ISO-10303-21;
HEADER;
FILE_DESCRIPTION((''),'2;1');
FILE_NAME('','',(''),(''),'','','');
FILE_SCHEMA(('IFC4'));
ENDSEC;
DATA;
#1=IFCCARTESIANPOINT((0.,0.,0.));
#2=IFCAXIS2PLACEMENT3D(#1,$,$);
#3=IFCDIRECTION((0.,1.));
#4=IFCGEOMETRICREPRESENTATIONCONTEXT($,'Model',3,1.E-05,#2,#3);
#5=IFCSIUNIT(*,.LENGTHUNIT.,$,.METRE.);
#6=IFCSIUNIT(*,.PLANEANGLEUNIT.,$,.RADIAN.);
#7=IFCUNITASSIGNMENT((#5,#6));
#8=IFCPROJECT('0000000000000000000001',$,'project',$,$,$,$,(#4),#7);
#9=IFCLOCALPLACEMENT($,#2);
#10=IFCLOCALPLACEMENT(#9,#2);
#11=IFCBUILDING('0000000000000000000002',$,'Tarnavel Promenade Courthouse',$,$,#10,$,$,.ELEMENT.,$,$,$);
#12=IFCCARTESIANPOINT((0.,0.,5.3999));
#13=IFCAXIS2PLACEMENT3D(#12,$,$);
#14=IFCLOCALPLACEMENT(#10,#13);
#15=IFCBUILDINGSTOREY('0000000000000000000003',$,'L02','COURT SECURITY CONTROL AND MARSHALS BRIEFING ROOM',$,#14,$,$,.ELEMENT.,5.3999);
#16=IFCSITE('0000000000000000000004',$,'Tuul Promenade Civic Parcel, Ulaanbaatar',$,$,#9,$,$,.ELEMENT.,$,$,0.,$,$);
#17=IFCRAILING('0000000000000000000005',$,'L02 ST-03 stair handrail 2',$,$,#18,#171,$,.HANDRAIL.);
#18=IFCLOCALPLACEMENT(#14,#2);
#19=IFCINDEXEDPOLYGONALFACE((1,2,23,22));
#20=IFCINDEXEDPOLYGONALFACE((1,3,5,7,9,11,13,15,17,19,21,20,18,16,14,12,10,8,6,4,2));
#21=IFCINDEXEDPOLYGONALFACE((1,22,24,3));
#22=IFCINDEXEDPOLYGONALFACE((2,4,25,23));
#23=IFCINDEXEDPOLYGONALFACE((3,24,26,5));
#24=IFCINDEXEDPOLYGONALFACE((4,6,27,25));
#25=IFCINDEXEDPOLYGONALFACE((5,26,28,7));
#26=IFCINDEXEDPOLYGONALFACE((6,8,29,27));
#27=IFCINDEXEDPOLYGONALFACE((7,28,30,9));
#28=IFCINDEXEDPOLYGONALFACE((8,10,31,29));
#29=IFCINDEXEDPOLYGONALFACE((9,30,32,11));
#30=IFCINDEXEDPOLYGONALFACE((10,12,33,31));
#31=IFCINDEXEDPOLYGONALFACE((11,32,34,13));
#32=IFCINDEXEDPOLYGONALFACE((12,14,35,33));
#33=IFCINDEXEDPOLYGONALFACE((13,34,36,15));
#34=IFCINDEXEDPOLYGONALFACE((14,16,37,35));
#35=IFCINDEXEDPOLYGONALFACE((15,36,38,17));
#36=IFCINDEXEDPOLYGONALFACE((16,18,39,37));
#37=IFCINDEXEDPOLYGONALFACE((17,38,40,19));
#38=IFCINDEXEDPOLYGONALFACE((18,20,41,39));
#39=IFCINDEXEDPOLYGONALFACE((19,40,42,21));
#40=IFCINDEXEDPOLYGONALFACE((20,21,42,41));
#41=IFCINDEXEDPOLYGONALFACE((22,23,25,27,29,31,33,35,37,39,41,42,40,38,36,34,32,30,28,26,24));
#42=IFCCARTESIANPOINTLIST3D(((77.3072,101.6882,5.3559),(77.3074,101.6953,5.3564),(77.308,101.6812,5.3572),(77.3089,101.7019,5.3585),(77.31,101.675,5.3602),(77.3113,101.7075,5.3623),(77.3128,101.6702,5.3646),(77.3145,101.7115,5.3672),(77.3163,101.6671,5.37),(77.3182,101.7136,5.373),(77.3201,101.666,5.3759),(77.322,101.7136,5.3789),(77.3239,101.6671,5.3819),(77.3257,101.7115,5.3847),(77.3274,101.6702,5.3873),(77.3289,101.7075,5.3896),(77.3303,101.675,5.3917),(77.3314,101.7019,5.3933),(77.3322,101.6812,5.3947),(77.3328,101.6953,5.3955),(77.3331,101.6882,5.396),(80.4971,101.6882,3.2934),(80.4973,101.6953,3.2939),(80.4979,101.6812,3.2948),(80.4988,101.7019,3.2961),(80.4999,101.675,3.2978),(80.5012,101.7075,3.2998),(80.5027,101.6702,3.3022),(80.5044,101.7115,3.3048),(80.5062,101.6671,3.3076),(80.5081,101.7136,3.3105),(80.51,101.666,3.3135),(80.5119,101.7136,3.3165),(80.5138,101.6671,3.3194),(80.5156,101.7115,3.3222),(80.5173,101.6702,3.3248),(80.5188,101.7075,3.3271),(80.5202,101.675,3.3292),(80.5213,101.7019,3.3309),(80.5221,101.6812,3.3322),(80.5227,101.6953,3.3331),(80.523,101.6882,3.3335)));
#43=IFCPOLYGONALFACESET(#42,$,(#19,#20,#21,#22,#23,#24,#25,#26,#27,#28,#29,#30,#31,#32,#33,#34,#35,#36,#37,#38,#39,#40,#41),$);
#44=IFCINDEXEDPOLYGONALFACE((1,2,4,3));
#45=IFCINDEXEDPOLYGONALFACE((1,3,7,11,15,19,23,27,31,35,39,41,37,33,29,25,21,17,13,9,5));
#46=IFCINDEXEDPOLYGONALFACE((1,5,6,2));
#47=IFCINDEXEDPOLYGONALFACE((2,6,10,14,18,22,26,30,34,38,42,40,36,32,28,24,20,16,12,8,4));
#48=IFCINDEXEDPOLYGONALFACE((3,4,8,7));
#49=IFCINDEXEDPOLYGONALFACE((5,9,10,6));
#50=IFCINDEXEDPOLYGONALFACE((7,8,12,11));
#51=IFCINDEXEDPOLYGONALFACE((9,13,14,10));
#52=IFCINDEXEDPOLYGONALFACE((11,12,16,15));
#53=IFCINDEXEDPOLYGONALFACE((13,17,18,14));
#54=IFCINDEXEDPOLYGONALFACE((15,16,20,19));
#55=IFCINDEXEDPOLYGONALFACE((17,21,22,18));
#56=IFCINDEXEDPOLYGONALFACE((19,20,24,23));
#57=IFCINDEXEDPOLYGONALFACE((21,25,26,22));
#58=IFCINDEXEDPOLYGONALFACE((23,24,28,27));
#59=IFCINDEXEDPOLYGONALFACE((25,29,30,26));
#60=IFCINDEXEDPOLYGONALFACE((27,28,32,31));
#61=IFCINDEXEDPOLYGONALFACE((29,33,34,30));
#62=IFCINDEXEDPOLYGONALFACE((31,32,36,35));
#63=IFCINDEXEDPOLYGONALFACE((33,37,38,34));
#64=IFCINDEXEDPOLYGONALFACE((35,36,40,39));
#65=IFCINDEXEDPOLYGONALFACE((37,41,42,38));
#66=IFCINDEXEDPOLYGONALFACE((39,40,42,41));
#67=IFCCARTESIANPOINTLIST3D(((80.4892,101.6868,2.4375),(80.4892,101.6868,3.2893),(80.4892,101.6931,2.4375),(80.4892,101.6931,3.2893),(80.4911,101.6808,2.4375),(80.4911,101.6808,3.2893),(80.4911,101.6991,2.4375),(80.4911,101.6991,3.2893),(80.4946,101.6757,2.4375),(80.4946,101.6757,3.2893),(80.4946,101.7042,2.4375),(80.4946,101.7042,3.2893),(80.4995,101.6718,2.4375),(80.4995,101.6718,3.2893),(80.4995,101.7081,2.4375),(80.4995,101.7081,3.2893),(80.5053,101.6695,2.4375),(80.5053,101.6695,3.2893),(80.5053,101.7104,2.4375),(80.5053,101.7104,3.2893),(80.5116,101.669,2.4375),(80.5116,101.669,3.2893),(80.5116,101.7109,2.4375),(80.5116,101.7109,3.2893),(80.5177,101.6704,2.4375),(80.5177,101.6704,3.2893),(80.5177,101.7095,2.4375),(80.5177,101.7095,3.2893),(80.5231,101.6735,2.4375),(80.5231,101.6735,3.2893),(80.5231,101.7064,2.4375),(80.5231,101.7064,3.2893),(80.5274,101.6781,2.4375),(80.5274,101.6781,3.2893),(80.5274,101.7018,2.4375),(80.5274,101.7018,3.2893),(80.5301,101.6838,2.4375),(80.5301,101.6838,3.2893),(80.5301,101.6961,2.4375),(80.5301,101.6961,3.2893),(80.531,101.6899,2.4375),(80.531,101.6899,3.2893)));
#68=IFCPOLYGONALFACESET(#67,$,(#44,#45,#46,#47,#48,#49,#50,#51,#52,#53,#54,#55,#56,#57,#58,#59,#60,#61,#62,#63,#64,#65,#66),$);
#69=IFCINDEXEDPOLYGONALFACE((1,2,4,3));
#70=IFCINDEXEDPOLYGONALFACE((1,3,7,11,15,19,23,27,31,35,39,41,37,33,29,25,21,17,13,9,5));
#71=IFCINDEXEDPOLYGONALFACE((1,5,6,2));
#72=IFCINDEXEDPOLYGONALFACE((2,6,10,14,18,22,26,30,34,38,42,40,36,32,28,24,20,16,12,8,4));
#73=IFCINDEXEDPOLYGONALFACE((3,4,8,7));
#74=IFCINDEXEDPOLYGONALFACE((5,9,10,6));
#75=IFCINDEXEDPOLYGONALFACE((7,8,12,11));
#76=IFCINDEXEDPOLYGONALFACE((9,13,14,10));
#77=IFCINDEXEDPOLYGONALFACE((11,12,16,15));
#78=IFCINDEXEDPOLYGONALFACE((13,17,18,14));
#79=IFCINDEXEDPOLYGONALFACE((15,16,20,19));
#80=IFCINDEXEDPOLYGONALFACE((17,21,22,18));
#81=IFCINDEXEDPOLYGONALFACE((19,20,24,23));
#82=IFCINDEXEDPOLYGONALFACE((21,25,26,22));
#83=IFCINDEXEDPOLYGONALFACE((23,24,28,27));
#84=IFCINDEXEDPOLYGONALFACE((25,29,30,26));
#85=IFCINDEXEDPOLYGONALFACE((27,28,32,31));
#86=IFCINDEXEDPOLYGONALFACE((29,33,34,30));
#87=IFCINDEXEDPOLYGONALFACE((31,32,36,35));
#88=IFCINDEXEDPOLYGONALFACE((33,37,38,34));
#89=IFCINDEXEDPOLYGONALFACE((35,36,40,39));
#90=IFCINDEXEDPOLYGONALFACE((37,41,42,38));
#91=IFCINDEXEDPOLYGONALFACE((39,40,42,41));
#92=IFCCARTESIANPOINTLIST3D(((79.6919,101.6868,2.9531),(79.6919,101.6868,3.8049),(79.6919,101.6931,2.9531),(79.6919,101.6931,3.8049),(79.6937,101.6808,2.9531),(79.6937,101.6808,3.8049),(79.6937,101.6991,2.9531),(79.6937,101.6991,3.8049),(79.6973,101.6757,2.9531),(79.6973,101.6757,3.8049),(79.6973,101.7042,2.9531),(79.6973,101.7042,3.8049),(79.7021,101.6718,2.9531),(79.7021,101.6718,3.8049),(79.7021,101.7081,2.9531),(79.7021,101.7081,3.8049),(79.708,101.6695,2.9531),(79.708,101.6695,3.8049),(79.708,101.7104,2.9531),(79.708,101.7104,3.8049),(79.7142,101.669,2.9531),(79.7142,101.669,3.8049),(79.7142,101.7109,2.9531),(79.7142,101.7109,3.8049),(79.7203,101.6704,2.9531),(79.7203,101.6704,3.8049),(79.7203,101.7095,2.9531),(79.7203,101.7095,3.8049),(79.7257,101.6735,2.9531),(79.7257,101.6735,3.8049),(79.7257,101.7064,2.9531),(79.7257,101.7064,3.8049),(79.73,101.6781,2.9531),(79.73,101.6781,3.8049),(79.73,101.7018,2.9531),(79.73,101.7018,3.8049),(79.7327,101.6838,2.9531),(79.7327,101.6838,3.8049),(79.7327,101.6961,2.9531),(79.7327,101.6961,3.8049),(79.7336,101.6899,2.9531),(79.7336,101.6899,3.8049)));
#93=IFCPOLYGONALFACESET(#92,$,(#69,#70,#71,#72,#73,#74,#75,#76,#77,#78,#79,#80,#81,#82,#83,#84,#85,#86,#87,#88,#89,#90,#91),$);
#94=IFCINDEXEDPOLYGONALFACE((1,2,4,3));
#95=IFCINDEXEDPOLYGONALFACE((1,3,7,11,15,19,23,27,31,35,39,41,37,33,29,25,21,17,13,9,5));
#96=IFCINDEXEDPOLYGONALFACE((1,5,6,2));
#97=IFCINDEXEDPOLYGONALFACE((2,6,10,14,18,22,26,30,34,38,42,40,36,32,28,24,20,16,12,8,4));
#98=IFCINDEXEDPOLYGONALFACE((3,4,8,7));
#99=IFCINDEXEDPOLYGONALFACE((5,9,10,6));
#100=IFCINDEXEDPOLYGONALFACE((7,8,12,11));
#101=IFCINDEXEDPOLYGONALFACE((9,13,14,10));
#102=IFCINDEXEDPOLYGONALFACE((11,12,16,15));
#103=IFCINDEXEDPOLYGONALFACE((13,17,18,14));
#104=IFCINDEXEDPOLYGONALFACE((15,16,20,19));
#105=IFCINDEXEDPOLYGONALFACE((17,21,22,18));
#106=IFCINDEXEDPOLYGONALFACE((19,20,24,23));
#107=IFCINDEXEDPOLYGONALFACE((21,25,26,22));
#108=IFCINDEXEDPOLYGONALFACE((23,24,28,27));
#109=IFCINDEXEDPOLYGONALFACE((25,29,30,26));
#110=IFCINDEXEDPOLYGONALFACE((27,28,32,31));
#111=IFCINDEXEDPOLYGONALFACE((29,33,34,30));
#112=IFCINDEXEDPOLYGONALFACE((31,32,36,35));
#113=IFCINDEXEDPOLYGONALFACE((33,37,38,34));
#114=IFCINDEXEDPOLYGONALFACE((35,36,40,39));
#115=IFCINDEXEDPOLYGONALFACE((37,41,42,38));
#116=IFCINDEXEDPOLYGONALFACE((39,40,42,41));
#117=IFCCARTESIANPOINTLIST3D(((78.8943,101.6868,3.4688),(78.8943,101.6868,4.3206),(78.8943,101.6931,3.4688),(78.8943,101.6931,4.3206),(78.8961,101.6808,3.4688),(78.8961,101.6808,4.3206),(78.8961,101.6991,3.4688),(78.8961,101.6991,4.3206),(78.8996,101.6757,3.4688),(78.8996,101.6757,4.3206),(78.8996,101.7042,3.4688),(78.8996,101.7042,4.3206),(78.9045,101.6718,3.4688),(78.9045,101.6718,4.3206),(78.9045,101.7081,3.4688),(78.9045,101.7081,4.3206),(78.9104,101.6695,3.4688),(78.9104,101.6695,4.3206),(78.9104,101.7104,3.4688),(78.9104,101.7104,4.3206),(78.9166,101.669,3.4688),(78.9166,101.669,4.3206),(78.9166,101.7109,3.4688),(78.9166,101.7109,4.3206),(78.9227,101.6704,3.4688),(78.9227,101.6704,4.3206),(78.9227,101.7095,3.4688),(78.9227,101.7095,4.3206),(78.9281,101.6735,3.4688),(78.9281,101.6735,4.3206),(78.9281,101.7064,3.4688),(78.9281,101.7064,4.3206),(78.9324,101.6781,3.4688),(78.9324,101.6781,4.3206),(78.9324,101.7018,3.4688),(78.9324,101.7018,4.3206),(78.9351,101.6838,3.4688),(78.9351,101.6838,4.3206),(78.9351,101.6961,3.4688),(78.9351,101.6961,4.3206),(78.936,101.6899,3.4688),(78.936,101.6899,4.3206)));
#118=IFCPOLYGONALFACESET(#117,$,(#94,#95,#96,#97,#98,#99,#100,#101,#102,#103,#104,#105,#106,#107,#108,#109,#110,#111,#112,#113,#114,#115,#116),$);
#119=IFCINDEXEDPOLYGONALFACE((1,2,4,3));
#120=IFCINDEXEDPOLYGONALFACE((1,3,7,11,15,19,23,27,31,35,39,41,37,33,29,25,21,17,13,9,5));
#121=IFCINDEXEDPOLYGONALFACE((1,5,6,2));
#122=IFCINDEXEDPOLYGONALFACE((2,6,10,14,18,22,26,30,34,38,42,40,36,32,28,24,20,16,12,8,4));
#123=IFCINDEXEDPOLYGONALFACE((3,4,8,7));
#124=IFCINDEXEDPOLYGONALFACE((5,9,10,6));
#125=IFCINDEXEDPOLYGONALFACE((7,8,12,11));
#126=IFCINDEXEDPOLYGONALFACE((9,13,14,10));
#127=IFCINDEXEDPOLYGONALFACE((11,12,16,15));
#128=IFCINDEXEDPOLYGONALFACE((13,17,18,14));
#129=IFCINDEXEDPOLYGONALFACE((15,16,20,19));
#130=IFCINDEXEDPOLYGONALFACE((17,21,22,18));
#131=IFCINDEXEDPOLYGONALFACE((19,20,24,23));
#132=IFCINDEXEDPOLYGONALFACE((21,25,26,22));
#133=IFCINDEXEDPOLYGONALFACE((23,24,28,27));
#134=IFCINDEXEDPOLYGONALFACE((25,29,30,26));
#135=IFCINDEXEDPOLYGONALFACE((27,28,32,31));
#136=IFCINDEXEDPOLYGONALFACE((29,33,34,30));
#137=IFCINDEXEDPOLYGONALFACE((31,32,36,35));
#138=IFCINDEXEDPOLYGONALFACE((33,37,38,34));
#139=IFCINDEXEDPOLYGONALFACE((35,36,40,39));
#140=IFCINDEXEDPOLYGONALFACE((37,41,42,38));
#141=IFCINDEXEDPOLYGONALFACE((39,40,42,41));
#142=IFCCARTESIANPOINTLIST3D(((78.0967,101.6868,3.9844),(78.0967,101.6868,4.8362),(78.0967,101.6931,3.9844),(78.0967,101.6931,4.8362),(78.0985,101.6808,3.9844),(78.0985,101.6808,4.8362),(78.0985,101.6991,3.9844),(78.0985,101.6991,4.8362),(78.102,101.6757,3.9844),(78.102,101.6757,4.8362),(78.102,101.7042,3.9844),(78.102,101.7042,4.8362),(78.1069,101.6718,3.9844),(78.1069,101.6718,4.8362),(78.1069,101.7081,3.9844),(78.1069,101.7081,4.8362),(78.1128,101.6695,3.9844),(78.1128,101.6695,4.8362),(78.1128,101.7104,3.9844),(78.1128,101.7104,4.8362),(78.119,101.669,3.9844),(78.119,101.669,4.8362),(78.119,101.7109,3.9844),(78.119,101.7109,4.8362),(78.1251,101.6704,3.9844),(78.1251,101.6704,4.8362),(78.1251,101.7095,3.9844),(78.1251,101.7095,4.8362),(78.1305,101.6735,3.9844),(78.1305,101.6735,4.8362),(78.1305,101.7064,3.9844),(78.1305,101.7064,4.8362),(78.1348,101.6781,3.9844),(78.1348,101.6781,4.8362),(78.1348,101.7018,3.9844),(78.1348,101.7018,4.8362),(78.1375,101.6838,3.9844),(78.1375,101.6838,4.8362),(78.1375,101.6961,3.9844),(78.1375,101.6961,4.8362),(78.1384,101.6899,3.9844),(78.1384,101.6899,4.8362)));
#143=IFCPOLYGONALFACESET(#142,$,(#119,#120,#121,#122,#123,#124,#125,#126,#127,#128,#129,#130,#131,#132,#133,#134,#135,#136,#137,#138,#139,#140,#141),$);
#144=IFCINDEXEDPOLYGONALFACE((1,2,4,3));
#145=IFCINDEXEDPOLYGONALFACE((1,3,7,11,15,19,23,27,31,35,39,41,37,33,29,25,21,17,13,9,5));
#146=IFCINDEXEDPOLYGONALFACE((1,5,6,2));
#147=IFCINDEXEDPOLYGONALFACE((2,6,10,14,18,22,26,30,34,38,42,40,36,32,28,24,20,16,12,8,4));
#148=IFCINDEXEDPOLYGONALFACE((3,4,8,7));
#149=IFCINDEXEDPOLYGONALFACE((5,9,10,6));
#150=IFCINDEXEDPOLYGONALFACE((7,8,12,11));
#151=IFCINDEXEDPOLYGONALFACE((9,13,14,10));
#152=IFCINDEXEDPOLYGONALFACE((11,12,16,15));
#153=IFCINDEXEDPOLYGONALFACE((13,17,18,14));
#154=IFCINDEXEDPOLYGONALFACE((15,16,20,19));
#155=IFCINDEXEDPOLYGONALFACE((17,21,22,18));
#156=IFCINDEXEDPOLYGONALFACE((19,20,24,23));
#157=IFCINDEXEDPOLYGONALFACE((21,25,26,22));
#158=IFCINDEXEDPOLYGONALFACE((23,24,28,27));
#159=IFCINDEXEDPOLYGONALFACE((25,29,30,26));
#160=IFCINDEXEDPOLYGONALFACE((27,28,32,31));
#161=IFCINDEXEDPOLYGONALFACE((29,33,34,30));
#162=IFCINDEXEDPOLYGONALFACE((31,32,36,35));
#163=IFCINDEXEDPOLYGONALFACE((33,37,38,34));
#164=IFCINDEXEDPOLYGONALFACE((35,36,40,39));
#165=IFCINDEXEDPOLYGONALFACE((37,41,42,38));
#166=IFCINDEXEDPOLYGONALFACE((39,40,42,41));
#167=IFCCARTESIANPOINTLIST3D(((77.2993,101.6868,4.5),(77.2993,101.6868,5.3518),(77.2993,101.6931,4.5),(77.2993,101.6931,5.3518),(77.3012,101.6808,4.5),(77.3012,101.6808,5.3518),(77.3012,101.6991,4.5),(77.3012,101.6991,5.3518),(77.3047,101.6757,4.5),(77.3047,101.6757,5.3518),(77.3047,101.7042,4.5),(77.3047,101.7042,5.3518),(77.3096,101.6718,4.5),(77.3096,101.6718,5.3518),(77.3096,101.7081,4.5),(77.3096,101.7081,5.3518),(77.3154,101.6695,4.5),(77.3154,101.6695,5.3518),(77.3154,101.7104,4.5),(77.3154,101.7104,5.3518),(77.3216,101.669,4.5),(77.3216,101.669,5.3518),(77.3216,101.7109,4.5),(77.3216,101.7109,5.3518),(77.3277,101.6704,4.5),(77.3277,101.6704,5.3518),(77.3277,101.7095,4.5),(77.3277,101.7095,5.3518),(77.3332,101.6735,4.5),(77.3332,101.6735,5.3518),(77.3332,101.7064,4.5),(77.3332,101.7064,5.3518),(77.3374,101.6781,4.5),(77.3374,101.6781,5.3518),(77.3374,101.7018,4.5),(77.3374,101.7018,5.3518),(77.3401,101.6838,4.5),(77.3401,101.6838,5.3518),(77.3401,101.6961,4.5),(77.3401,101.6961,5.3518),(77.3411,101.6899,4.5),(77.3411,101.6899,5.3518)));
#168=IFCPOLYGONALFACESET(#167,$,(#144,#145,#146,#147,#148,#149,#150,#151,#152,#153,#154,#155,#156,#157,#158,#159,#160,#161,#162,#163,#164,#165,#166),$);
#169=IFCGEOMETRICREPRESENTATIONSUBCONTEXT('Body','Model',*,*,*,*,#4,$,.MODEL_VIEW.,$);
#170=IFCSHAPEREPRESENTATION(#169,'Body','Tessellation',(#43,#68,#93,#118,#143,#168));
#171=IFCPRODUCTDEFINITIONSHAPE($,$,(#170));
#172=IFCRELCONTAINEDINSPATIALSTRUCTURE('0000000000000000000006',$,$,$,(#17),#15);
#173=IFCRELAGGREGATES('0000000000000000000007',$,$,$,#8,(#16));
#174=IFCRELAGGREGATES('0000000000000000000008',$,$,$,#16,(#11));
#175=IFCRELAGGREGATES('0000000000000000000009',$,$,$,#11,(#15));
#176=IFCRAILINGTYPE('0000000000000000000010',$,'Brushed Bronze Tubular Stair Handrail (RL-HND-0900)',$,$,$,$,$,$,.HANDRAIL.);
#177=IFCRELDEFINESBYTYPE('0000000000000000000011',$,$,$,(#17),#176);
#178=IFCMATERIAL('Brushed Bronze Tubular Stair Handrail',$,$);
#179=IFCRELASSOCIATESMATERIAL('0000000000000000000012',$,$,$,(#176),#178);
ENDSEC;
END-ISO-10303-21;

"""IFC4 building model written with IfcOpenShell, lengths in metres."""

from ifc_helpers import new_model, si_unit, direction, frame, origin, origin_2d, place, context, subcontext, project, spatial, circle, extrude, material, type_object, element, save


model = new_model("IFC4")

# Units and contexts
model_context = context("Model", 3, precision=1e-05, world=origin(), true_north=direction((0.0, 1.0)))
body_context = subcontext(model_context, "Body", "Model", "MODEL_VIEW")
ifc_project = project(units=[si_unit("LENGTHUNIT", "METRE"), si_unit("PLANEANGLEUNIT", "RADIAN")], contexts=[model_context])

# Site, building, storey
site_placement = place(None, origin())
site = spatial("IfcSite", under=ifc_project, at=site_placement, Name="Tuul Promenade Civic Parcel, Ulaanbaatar", CompositionType="ELEMENT", RefElevation=0.0)
building_placement = place(site_placement, origin())
building = spatial("IfcBuilding", under=site, at=building_placement, Name="Tarnavel Promenade Courthouse", CompositionType="ELEMENT")
storey_placement = place(building_placement, frame((0.0, 0.0, 5.3999)))
storey = spatial("IfcBuildingStorey", under=building, at=storey_placement, Name="L02", Description="COURT SECURITY CONTROL AND MARSHALS BRIEFING ROOM", CompositionType="ELEMENT", Elevation=5.3999)

# Railing
ifc_material_1 = material(Name="Brushed Bronze Tubular Stair Handrail")
railing_type_1 = type_object("IfcRailingType", Name="Brushed Bronze Tubular Stair Handrail (RL-HND-0900)", PredefinedType="HANDRAIL", material=ifc_material_1)
railing_1_placement = place(storey_placement, frame((80.51, 101.6899, 2.4375)))
element("IfcRailing", 1, at=railing_1_placement, inside=storey, type_object=railing_type_1, Name="L02 ST-03 stair handrail 2", PredefinedType="HANDRAIL", context=body_context, shape_type="SweptSolid", body=[
    extrude(circle(Radius=0.0239, at=origin_2d()), frame((0.0, 0.0, 0.876), z_axis=(-0.83976, 0.0, 0.542958), x_axis=(0.0, -1.0, 0.0)), (0.0, 0.0, 1.0), 3.7986),
    extrude(circle(Radius=0.021, at=origin_2d()), origin(), (0.0, 0.0, 1.0), 0.8518),
    extrude(circle(Radius=0.021, at=origin_2d()), frame((-0.7974, 0.0, 0.5156)), (0.0, 0.0, 1.0), 0.8518),
    extrude(circle(Radius=0.021, at=origin_2d()), frame((-1.595, 0.0, 1.0312)), (0.0, 0.0, 1.0), 0.8518),
    extrude(circle(Radius=0.021, at=origin_2d()), frame((-2.3926, 0.0, 1.5469)), (0.0, 0.0, 1.0), 0.8518),
    extrude(circle(Radius=0.021, at=origin_2d()), frame((-3.1899, 0.0, 2.0625)), (0.0, 0.0, 1.0), 0.8518),
])

save(model, "model.ifc")
